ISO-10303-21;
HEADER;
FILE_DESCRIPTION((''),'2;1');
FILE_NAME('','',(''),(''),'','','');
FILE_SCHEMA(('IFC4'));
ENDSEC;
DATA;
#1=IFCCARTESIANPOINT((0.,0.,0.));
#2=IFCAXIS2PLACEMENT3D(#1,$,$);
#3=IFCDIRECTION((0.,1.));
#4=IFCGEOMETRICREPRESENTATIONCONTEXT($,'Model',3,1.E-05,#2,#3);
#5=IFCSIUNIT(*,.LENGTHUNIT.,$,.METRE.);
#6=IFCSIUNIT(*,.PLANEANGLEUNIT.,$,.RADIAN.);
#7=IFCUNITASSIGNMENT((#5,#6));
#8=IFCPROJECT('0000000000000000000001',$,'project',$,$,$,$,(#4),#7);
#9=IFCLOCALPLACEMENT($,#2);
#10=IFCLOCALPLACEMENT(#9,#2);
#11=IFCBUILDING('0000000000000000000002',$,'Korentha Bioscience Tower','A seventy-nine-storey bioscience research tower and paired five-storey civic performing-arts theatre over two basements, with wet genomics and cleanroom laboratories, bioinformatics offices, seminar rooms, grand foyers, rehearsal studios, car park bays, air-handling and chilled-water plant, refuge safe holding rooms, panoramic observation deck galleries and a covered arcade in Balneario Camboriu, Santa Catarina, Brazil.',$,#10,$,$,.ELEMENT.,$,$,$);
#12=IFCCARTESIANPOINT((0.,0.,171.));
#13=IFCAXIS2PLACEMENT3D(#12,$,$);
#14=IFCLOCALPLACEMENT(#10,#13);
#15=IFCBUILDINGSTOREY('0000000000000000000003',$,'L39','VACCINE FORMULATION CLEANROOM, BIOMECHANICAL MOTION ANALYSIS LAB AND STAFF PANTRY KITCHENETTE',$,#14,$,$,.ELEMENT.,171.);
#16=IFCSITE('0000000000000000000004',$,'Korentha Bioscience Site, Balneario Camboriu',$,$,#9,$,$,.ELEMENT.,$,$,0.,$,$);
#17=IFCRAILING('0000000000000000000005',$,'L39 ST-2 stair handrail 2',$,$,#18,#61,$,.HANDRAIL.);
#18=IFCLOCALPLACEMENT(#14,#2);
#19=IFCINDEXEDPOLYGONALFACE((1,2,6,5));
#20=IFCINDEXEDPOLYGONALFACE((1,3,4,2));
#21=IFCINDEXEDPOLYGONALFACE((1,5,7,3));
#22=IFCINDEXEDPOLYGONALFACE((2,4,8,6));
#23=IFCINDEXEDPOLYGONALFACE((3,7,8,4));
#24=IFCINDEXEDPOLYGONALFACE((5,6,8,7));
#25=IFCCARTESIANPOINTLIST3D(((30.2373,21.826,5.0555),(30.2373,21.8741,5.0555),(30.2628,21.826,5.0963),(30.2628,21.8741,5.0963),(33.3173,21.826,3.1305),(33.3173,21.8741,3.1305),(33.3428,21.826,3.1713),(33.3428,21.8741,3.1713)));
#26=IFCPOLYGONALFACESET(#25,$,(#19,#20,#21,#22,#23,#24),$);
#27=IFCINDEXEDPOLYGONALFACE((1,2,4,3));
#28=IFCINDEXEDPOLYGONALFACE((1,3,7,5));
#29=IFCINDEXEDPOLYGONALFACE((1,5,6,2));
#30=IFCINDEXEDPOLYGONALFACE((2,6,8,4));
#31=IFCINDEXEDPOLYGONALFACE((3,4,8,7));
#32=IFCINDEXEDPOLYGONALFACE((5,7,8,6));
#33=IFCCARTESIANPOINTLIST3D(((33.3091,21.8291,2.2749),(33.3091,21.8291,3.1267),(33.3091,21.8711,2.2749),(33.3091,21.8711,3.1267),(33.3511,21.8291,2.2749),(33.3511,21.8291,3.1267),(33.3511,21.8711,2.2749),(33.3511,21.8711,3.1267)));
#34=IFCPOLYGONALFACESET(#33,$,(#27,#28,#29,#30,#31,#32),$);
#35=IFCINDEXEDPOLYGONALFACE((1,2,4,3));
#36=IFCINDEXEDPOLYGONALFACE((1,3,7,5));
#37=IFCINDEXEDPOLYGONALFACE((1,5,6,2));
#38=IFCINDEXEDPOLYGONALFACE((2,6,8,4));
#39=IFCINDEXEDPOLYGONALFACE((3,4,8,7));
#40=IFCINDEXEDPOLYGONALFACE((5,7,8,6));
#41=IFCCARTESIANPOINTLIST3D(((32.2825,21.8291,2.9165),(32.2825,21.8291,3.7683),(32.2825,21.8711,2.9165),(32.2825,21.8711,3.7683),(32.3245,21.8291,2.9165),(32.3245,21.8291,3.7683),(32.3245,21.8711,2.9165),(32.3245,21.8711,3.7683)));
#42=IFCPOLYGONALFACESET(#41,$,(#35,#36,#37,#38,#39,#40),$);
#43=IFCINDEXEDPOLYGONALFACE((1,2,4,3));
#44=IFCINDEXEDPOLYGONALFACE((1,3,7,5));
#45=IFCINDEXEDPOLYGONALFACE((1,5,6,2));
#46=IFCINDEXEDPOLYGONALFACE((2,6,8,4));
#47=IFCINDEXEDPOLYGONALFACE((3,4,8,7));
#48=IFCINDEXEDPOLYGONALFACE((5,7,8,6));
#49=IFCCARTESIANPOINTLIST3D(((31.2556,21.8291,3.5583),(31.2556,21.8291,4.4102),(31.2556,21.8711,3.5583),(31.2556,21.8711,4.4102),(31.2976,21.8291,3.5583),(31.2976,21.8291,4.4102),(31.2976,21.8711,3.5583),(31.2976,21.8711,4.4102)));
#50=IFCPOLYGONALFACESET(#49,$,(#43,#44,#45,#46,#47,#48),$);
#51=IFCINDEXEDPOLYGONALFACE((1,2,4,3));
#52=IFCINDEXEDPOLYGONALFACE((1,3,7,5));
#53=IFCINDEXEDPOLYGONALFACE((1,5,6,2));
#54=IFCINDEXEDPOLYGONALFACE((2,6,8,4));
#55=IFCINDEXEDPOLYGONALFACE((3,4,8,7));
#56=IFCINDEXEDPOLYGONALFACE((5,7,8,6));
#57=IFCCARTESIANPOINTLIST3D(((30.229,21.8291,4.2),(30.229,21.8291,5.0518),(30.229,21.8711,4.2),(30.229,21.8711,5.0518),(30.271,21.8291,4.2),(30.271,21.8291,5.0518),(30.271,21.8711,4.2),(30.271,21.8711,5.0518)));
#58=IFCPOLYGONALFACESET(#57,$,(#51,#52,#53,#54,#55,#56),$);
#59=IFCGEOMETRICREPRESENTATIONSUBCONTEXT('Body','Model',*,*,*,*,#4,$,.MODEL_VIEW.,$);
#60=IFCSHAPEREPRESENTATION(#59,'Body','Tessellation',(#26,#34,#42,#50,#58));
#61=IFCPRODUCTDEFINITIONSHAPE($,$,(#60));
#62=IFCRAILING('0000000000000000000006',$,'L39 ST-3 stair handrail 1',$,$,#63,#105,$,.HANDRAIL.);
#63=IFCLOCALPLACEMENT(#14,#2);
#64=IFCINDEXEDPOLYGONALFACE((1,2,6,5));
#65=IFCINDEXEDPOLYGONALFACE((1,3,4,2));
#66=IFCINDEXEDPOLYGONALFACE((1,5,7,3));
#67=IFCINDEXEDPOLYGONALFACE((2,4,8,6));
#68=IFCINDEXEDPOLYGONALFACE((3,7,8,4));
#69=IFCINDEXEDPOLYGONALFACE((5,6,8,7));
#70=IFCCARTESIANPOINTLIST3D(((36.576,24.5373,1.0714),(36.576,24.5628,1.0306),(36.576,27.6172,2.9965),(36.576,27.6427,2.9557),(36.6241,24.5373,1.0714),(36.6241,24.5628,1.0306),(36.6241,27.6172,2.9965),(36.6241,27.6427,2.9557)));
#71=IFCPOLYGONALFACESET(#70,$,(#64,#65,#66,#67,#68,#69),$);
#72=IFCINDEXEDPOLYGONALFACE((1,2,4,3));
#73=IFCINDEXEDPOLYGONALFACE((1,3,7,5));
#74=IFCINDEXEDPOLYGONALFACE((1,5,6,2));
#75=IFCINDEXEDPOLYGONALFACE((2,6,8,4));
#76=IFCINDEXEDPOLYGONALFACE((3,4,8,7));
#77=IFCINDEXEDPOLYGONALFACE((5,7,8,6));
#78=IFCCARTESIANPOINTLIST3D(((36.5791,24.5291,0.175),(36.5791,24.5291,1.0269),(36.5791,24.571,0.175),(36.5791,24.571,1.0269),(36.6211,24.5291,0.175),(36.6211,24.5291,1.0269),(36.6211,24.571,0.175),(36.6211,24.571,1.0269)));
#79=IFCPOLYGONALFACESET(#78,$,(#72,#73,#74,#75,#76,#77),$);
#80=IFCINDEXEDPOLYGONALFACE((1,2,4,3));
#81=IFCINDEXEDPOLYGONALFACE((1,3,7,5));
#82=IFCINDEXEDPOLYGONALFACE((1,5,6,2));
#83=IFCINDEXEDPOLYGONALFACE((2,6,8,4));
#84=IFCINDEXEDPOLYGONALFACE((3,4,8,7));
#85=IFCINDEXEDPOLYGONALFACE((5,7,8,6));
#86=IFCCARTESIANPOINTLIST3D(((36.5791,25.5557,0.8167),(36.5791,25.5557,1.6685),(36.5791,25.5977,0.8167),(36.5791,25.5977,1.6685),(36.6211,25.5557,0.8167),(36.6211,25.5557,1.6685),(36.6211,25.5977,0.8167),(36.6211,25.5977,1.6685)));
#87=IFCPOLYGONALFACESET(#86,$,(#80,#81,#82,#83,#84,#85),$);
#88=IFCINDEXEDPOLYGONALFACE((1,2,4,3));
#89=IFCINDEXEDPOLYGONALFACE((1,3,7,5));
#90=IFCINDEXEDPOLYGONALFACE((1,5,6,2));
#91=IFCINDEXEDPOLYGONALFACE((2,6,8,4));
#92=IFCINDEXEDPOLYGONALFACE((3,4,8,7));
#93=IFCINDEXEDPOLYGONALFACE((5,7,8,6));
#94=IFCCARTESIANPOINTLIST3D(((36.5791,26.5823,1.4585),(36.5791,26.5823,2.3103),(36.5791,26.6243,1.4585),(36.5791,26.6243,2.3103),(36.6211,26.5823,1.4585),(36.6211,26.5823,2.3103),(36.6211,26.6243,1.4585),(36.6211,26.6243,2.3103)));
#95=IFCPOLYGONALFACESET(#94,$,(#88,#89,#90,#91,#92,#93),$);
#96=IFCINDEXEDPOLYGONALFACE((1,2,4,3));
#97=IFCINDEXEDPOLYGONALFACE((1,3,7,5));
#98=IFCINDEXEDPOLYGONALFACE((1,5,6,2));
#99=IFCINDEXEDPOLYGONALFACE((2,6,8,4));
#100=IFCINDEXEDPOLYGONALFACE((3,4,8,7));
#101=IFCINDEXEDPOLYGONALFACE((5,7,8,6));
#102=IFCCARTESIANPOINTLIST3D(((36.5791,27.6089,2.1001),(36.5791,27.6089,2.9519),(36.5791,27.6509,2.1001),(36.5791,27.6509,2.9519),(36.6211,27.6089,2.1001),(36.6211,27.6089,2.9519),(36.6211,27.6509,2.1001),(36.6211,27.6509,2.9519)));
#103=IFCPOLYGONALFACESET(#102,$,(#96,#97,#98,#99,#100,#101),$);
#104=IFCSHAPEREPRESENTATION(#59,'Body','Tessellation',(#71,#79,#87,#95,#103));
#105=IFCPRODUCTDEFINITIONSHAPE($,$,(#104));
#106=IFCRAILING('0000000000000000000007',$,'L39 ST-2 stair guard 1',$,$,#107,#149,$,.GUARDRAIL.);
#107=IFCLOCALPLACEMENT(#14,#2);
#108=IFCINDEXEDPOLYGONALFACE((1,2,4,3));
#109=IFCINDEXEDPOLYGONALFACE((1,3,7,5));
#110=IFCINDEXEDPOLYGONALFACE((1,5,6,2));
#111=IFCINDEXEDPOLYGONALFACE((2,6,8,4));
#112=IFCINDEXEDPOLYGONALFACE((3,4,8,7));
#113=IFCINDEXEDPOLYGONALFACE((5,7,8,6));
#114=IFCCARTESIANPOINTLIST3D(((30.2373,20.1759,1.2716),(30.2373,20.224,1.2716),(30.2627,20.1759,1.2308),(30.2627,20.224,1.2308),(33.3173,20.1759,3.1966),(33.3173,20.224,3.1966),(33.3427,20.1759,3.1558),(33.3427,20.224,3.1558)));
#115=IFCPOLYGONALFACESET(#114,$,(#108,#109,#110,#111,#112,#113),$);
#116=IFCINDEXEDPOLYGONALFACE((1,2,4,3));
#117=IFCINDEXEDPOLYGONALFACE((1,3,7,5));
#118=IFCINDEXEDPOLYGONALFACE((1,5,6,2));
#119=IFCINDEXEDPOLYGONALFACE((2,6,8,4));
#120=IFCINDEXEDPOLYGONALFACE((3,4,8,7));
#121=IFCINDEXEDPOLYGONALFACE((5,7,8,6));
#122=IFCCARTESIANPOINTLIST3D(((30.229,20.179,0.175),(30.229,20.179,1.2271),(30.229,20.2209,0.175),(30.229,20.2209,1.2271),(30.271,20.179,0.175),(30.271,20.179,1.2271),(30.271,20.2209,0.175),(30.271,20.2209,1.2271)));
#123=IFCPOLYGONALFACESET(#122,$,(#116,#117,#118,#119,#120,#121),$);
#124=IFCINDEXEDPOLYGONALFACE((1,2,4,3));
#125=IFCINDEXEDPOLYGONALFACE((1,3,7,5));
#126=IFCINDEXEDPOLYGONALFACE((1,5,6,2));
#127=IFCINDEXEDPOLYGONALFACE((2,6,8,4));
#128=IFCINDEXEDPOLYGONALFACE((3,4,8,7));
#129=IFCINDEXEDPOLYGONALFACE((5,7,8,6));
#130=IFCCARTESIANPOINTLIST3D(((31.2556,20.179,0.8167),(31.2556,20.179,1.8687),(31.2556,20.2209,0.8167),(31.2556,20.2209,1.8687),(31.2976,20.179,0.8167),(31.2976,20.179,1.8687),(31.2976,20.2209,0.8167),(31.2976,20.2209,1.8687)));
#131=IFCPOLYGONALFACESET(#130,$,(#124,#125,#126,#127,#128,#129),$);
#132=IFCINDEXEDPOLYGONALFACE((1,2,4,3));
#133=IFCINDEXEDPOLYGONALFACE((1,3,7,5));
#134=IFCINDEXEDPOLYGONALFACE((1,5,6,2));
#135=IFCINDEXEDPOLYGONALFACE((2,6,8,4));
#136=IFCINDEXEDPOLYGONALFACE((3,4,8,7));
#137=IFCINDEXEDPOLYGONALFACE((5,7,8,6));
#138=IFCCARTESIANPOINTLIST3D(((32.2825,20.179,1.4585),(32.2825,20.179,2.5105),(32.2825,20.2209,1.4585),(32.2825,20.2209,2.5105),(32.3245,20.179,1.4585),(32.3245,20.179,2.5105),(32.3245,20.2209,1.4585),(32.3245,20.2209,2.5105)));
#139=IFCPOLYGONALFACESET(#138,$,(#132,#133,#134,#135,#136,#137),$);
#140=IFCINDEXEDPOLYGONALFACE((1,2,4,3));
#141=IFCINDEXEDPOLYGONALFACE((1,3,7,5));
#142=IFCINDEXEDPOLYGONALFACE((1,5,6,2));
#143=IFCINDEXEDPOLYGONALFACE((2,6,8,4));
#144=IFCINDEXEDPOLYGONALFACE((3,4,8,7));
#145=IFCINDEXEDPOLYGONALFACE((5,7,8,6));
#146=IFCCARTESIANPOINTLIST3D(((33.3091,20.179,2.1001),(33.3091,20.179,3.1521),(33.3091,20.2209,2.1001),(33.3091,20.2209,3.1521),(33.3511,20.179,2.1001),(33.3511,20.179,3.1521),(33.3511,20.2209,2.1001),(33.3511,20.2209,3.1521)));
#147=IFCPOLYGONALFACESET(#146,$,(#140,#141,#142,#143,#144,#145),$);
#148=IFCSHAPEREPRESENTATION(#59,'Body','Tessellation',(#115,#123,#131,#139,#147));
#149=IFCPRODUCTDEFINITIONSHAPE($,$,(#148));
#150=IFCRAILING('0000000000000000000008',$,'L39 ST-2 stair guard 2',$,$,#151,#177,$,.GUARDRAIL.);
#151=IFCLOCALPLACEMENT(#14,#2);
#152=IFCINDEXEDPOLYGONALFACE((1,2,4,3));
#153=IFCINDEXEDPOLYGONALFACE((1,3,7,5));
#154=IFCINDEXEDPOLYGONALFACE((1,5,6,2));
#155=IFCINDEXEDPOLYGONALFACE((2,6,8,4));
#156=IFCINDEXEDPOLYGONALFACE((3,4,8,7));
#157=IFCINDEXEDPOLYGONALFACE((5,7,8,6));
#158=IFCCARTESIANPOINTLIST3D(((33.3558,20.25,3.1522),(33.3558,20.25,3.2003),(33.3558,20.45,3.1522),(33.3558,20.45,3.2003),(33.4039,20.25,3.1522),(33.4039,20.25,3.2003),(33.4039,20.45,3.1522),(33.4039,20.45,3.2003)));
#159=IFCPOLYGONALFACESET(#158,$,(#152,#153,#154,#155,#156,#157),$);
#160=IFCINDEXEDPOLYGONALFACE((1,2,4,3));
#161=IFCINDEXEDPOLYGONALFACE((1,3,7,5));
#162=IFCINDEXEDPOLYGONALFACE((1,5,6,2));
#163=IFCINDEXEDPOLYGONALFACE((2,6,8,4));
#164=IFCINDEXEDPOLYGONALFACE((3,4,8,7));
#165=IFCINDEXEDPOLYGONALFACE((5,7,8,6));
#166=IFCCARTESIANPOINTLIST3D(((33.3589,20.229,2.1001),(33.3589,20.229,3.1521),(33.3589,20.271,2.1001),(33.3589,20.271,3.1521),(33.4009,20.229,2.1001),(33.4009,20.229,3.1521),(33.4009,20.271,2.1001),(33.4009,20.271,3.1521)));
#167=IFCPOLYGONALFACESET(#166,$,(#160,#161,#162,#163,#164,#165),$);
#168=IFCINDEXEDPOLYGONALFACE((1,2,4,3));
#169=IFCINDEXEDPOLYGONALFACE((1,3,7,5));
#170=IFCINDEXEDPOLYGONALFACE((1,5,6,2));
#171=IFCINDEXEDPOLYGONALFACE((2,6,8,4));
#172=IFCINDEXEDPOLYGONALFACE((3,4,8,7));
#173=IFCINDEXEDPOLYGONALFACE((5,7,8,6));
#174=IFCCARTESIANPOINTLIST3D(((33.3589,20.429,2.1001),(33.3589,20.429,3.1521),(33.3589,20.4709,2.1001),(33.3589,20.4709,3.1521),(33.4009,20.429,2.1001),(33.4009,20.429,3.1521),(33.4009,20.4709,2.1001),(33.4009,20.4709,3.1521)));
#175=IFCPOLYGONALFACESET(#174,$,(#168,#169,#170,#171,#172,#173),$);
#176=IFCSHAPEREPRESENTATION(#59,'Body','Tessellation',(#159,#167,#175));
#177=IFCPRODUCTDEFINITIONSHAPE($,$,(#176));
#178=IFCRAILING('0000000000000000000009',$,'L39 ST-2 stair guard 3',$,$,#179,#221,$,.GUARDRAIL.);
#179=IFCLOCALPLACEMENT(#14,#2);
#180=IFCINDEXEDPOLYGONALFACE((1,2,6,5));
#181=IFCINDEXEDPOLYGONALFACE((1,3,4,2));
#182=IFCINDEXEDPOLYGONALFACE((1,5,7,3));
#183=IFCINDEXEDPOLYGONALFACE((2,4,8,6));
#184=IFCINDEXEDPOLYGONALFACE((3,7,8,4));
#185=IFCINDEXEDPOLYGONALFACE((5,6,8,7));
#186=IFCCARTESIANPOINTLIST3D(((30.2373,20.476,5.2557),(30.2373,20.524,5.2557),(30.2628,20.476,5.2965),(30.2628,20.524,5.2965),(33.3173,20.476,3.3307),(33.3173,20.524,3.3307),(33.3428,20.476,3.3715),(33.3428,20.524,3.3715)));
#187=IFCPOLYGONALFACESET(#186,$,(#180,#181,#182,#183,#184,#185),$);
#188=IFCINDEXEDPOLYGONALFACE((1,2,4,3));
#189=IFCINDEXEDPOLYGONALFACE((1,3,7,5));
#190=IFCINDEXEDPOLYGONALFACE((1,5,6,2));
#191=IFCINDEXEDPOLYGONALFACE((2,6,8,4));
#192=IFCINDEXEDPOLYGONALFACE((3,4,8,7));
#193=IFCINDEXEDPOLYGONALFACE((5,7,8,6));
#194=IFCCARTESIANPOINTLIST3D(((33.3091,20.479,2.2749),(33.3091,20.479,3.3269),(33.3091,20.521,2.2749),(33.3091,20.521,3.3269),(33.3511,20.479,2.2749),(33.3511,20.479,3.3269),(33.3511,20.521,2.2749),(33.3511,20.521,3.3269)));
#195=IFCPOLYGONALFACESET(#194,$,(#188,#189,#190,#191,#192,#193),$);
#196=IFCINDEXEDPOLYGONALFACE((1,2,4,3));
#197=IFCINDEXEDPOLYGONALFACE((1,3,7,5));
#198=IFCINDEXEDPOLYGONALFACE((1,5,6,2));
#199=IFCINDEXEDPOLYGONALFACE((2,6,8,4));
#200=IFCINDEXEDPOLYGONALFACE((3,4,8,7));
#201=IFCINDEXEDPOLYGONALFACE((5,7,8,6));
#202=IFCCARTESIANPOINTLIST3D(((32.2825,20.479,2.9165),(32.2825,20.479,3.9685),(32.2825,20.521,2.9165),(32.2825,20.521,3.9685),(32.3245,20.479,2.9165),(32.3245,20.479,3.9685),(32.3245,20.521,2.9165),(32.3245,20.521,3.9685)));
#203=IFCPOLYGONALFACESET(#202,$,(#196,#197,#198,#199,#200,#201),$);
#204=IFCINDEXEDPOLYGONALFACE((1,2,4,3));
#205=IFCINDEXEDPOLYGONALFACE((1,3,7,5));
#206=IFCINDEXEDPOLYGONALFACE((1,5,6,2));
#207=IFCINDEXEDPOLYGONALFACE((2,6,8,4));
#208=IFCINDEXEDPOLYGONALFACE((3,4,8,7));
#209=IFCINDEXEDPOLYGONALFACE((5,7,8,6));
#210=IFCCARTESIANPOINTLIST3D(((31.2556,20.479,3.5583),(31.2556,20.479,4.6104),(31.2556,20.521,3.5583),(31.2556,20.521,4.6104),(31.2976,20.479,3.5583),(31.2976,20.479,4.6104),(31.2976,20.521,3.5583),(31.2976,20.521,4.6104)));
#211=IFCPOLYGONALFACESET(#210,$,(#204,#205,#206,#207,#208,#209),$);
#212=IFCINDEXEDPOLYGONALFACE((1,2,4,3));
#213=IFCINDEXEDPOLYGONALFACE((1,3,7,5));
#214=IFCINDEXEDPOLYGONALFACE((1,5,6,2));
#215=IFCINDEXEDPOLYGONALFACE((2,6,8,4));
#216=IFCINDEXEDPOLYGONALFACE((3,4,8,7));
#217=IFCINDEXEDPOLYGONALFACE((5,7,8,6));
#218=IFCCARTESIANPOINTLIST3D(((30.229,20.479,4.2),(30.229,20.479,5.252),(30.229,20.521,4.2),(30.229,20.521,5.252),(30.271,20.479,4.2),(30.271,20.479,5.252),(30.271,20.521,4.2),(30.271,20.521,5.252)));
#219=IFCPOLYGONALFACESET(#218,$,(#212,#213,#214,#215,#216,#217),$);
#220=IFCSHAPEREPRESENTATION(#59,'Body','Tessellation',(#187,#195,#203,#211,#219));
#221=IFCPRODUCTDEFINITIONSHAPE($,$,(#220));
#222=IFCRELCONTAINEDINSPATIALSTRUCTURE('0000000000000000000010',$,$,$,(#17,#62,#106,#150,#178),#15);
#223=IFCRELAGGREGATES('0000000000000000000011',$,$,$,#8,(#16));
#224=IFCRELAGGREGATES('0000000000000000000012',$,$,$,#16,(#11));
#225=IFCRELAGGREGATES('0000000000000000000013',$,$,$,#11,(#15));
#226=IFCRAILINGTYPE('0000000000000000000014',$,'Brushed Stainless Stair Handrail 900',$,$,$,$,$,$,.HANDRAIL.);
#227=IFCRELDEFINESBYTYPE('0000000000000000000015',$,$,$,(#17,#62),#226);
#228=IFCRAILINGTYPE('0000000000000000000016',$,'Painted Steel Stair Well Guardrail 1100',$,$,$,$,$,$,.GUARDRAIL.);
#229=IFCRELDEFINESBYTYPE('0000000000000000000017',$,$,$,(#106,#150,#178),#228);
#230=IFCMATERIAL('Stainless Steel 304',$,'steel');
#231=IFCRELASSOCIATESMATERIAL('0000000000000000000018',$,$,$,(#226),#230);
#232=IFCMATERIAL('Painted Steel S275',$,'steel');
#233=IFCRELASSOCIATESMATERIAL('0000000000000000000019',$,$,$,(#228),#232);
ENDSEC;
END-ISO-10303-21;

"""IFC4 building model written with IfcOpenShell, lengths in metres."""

from ifc_helpers import new_model, si_unit, direction, frame, origin, origin_2d, place, context, subcontext, project, spatial, rectangle, extrude, material, type_object, element, save


model = new_model("IFC4")

# Units and contexts
model_context = context("Model", 3, precision=1e-05, world=origin(), true_north=direction((0.0, 1.0)))
body_context = subcontext(model_context, "Body", "Model", "MODEL_VIEW")
ifc_project = project(units=[si_unit("LENGTHUNIT", "METRE"), si_unit("PLANEANGLEUNIT", "RADIAN")], contexts=[model_context])

# Site, building, storey
site_placement = place(None, origin())
site = spatial("IfcSite", under=ifc_project, at=site_placement, Name="Korentha Bioscience Site, Balneario Camboriu", CompositionType="ELEMENT", RefElevation=0.0)
building_placement = place(site_placement, origin())
building = spatial("IfcBuilding", under=site, at=building_placement, Name="Korentha Bioscience Tower", Description="A seventy-nine-storey bioscience research tower and paired five-storey civic performing-arts theatre over two basements, with wet genomics and cleanroom laboratories, bioinformatics offices, seminar rooms, grand foyers, rehearsal studios, car park bays, air-handling and chilled-water plant, refuge safe holding rooms, panoramic observation deck galleries and a covered arcade in Balneario Camboriu, Santa Catarina, Brazil.", CompositionType="ELEMENT")
storey_placement = place(building_placement, frame((0.0, 0.0, 171.0)))
storey = spatial("IfcBuildingStorey", under=building, at=storey_placement, Name="L39", Description="VACCINE FORMULATION CLEANROOM, BIOMECHANICAL MOTION ANALYSIS LAB AND STAFF PANTRY KITCHENETTE", CompositionType="ELEMENT", Elevation=171.0)

# Railings
ifc_material_1 = material(Name="Stainless Steel 304", Category="steel")
railing_type_1 = type_object("IfcRailingType", Name="Brushed Stainless Stair Handrail 900", PredefinedType="HANDRAIL", material=ifc_material_1)
railing_1_placement = place(storey_placement, frame((33.3301, 21.8501, 2.2749)))
element("IfcRailing", 1, at=railing_1_placement, inside=storey, type_object=railing_type_1, Name="L39 ST-2 stair handrail 2", PredefinedType="HANDRAIL", context=body_context, shape_type="SweptSolid", body=[
    extrude(rectangle(XDim=0.0481, YDim=0.0481, at=origin_2d()), frame((0.0, 0.0, 0.876), z_axis=(-0.847998, 0.0, 0.529999), x_axis=(0.0, -1.0, 0.0)), (0.0, 0.0, 1.0), 3.6321),
    extrude(rectangle(XDim=0.042, YDim=0.042, at=origin_2d()), origin(), (0.0, 0.0, 1.0), 0.8518),
    extrude(rectangle(XDim=0.042, YDim=0.042, at=origin_2d()), frame((-1.0266, 0.0, 0.6416)), (0.0, 0.0, 1.0), 0.8518),
    extrude(rectangle(XDim=0.042, YDim=0.042, at=origin_2d()), frame((-2.0535, 0.0, 1.2834)), (0.0, 0.0, 1.0), 0.8518),
    extrude(rectangle(XDim=0.042, YDim=0.042, at=origin_2d()), frame((-3.0801, 0.0, 1.925)), (0.0, 0.0, 1.0), 0.8518),
])
railing_2_placement = place(storey_placement, frame((36.6001, 24.55, 0.175)))
element("IfcRailing", 2, at=railing_2_placement, inside=storey, type_object=railing_type_1, Name="L39 ST-3 stair handrail 1", PredefinedType="HANDRAIL", context=body_context, shape_type="SweptSolid", body=[
    extrude(rectangle(XDim=0.0481, YDim=0.0481, at=origin_2d()), frame((0.0, 0.0, 0.876), z_axis=(0.0, 0.847979, 0.530029), x_axis=(-1.0, 0.0, 0.0)), (0.0, 0.0, 1.0), 3.6321),
    extrude(rectangle(XDim=0.042, YDim=0.042, at=origin_2d()), origin(), (0.0, 0.0, 1.0), 0.8518),
    extrude(rectangle(XDim=0.042, YDim=0.042, at=origin_2d()), frame((0.0, 1.0266, 0.6416)), (0.0, 0.0, 1.0), 0.8518),
    extrude(rectangle(XDim=0.042, YDim=0.042, at=origin_2d()), frame((0.0, 2.0532, 1.2834)), (0.0, 0.0, 1.0), 0.8518),
    extrude(rectangle(XDim=0.042, YDim=0.042, at=origin_2d()), frame((0.0, 3.0798, 1.925)), (0.0, 0.0, 1.0), 0.8518),
])
ifc_material_2 = material(Name="Painted Steel S275", Category="steel")
railing_type_2 = type_object("IfcRailingType", Name="Painted Steel Stair Well Guardrail 1100", PredefinedType="GUARDRAIL", material=ifc_material_2)
railing_3_placement = place(storey_placement, frame((30.25, 20.2, 0.175)))
element("IfcRailing", 3, at=railing_3_placement, inside=storey, type_object=railing_type_2, Name="L39 ST-2 stair guard 1", PredefinedType="GUARDRAIL", context=body_context, shape_type="SweptSolid", body=[
    extrude(rectangle(XDim=0.0481, YDim=0.0481, at=origin_2d()), frame((0.0, 0.0, 1.0762), z_axis=(0.847998, 0.0, 0.529999), x_axis=(0.0, 1.0, 0.0)), (0.0, 0.0, 1.0), 3.6321),
    extrude(rectangle(XDim=0.042, YDim=0.042, at=origin_2d()), origin(), (0.0, 0.0, 1.0), 1.052),
    extrude(rectangle(XDim=0.042, YDim=0.042, at=origin_2d()), frame((1.0266, 0.0, 0.6416)), (0.0, 0.0, 1.0), 1.052),
    extrude(rectangle(XDim=0.042, YDim=0.042, at=origin_2d()), frame((2.0535, 0.0, 1.2834)), (0.0, 0.0, 1.0), 1.052),
    extrude(rectangle(XDim=0.042, YDim=0.042, at=origin_2d()), frame((3.0801, 0.0, 1.925)), (0.0, 0.0, 1.0), 1.052),
])
railing_4_placement = place(storey_placement, frame((33.3799, 20.25, 2.1001)))
element("IfcRailing", 4, at=railing_4_placement, inside=storey, type_object=railing_type_2, Name="L39 ST-2 stair guard 2", PredefinedType="GUARDRAIL", context=body_context, shape_type="SweptSolid", body=[
    extrude(rectangle(XDim=0.0481, YDim=0.0481, at=origin_2d()), frame((0.0, 0.0, 1.0762), z_axis=(0.0, 1.0, 0.0), x_axis=(-1.0, 0.0, 0.0)), (0.0, 0.0, 1.0), 0.2),
    extrude(rectangle(XDim=0.042, YDim=0.042, at=origin_2d()), origin(), (0.0, 0.0, 1.0), 1.052),
    extrude(rectangle(XDim=0.042, YDim=0.042, at=origin_2d()), frame((0.0, 0.2, 0.0)), (0.0, 0.0, 1.0), 1.052),
])
railing_5_placement = place(storey_placement, frame((33.3301, 20.5, 2.2749)))
element("IfcRailing", 5, at=railing_5_placement, inside=storey, type_object=railing_type_2, Name="L39 ST-2 stair guard 3", PredefinedType="GUARDRAIL", context=body_context, shape_type="SweptSolid", body=[
    extrude(rectangle(XDim=0.0481, YDim=0.0481, at=origin_2d()), frame((0.0, 0.0, 1.0762), z_axis=(-0.847998, 0.0, 0.529999), x_axis=(0.0, -1.0, 0.0)), (0.0, 0.0, 1.0), 3.6321),
    extrude(rectangle(XDim=0.042, YDim=0.042, at=origin_2d()), origin(), (0.0, 0.0, 1.0), 1.052),
    extrude(rectangle(XDim=0.042, YDim=0.042, at=origin_2d()), frame((-1.0266, 0.0, 0.6416)), (0.0, 0.0, 1.0), 1.052),
    extrude(rectangle(XDim=0.042, YDim=0.042, at=origin_2d()), frame((-2.0535, 0.0, 1.2834)), (0.0, 0.0, 1.0), 1.052),
    extrude(rectangle(XDim=0.042, YDim=0.042, at=origin_2d()), frame((-3.0801, 0.0, 1.925)), (0.0, 0.0, 1.0), 1.052),
])

save(model, "model.ifc")
